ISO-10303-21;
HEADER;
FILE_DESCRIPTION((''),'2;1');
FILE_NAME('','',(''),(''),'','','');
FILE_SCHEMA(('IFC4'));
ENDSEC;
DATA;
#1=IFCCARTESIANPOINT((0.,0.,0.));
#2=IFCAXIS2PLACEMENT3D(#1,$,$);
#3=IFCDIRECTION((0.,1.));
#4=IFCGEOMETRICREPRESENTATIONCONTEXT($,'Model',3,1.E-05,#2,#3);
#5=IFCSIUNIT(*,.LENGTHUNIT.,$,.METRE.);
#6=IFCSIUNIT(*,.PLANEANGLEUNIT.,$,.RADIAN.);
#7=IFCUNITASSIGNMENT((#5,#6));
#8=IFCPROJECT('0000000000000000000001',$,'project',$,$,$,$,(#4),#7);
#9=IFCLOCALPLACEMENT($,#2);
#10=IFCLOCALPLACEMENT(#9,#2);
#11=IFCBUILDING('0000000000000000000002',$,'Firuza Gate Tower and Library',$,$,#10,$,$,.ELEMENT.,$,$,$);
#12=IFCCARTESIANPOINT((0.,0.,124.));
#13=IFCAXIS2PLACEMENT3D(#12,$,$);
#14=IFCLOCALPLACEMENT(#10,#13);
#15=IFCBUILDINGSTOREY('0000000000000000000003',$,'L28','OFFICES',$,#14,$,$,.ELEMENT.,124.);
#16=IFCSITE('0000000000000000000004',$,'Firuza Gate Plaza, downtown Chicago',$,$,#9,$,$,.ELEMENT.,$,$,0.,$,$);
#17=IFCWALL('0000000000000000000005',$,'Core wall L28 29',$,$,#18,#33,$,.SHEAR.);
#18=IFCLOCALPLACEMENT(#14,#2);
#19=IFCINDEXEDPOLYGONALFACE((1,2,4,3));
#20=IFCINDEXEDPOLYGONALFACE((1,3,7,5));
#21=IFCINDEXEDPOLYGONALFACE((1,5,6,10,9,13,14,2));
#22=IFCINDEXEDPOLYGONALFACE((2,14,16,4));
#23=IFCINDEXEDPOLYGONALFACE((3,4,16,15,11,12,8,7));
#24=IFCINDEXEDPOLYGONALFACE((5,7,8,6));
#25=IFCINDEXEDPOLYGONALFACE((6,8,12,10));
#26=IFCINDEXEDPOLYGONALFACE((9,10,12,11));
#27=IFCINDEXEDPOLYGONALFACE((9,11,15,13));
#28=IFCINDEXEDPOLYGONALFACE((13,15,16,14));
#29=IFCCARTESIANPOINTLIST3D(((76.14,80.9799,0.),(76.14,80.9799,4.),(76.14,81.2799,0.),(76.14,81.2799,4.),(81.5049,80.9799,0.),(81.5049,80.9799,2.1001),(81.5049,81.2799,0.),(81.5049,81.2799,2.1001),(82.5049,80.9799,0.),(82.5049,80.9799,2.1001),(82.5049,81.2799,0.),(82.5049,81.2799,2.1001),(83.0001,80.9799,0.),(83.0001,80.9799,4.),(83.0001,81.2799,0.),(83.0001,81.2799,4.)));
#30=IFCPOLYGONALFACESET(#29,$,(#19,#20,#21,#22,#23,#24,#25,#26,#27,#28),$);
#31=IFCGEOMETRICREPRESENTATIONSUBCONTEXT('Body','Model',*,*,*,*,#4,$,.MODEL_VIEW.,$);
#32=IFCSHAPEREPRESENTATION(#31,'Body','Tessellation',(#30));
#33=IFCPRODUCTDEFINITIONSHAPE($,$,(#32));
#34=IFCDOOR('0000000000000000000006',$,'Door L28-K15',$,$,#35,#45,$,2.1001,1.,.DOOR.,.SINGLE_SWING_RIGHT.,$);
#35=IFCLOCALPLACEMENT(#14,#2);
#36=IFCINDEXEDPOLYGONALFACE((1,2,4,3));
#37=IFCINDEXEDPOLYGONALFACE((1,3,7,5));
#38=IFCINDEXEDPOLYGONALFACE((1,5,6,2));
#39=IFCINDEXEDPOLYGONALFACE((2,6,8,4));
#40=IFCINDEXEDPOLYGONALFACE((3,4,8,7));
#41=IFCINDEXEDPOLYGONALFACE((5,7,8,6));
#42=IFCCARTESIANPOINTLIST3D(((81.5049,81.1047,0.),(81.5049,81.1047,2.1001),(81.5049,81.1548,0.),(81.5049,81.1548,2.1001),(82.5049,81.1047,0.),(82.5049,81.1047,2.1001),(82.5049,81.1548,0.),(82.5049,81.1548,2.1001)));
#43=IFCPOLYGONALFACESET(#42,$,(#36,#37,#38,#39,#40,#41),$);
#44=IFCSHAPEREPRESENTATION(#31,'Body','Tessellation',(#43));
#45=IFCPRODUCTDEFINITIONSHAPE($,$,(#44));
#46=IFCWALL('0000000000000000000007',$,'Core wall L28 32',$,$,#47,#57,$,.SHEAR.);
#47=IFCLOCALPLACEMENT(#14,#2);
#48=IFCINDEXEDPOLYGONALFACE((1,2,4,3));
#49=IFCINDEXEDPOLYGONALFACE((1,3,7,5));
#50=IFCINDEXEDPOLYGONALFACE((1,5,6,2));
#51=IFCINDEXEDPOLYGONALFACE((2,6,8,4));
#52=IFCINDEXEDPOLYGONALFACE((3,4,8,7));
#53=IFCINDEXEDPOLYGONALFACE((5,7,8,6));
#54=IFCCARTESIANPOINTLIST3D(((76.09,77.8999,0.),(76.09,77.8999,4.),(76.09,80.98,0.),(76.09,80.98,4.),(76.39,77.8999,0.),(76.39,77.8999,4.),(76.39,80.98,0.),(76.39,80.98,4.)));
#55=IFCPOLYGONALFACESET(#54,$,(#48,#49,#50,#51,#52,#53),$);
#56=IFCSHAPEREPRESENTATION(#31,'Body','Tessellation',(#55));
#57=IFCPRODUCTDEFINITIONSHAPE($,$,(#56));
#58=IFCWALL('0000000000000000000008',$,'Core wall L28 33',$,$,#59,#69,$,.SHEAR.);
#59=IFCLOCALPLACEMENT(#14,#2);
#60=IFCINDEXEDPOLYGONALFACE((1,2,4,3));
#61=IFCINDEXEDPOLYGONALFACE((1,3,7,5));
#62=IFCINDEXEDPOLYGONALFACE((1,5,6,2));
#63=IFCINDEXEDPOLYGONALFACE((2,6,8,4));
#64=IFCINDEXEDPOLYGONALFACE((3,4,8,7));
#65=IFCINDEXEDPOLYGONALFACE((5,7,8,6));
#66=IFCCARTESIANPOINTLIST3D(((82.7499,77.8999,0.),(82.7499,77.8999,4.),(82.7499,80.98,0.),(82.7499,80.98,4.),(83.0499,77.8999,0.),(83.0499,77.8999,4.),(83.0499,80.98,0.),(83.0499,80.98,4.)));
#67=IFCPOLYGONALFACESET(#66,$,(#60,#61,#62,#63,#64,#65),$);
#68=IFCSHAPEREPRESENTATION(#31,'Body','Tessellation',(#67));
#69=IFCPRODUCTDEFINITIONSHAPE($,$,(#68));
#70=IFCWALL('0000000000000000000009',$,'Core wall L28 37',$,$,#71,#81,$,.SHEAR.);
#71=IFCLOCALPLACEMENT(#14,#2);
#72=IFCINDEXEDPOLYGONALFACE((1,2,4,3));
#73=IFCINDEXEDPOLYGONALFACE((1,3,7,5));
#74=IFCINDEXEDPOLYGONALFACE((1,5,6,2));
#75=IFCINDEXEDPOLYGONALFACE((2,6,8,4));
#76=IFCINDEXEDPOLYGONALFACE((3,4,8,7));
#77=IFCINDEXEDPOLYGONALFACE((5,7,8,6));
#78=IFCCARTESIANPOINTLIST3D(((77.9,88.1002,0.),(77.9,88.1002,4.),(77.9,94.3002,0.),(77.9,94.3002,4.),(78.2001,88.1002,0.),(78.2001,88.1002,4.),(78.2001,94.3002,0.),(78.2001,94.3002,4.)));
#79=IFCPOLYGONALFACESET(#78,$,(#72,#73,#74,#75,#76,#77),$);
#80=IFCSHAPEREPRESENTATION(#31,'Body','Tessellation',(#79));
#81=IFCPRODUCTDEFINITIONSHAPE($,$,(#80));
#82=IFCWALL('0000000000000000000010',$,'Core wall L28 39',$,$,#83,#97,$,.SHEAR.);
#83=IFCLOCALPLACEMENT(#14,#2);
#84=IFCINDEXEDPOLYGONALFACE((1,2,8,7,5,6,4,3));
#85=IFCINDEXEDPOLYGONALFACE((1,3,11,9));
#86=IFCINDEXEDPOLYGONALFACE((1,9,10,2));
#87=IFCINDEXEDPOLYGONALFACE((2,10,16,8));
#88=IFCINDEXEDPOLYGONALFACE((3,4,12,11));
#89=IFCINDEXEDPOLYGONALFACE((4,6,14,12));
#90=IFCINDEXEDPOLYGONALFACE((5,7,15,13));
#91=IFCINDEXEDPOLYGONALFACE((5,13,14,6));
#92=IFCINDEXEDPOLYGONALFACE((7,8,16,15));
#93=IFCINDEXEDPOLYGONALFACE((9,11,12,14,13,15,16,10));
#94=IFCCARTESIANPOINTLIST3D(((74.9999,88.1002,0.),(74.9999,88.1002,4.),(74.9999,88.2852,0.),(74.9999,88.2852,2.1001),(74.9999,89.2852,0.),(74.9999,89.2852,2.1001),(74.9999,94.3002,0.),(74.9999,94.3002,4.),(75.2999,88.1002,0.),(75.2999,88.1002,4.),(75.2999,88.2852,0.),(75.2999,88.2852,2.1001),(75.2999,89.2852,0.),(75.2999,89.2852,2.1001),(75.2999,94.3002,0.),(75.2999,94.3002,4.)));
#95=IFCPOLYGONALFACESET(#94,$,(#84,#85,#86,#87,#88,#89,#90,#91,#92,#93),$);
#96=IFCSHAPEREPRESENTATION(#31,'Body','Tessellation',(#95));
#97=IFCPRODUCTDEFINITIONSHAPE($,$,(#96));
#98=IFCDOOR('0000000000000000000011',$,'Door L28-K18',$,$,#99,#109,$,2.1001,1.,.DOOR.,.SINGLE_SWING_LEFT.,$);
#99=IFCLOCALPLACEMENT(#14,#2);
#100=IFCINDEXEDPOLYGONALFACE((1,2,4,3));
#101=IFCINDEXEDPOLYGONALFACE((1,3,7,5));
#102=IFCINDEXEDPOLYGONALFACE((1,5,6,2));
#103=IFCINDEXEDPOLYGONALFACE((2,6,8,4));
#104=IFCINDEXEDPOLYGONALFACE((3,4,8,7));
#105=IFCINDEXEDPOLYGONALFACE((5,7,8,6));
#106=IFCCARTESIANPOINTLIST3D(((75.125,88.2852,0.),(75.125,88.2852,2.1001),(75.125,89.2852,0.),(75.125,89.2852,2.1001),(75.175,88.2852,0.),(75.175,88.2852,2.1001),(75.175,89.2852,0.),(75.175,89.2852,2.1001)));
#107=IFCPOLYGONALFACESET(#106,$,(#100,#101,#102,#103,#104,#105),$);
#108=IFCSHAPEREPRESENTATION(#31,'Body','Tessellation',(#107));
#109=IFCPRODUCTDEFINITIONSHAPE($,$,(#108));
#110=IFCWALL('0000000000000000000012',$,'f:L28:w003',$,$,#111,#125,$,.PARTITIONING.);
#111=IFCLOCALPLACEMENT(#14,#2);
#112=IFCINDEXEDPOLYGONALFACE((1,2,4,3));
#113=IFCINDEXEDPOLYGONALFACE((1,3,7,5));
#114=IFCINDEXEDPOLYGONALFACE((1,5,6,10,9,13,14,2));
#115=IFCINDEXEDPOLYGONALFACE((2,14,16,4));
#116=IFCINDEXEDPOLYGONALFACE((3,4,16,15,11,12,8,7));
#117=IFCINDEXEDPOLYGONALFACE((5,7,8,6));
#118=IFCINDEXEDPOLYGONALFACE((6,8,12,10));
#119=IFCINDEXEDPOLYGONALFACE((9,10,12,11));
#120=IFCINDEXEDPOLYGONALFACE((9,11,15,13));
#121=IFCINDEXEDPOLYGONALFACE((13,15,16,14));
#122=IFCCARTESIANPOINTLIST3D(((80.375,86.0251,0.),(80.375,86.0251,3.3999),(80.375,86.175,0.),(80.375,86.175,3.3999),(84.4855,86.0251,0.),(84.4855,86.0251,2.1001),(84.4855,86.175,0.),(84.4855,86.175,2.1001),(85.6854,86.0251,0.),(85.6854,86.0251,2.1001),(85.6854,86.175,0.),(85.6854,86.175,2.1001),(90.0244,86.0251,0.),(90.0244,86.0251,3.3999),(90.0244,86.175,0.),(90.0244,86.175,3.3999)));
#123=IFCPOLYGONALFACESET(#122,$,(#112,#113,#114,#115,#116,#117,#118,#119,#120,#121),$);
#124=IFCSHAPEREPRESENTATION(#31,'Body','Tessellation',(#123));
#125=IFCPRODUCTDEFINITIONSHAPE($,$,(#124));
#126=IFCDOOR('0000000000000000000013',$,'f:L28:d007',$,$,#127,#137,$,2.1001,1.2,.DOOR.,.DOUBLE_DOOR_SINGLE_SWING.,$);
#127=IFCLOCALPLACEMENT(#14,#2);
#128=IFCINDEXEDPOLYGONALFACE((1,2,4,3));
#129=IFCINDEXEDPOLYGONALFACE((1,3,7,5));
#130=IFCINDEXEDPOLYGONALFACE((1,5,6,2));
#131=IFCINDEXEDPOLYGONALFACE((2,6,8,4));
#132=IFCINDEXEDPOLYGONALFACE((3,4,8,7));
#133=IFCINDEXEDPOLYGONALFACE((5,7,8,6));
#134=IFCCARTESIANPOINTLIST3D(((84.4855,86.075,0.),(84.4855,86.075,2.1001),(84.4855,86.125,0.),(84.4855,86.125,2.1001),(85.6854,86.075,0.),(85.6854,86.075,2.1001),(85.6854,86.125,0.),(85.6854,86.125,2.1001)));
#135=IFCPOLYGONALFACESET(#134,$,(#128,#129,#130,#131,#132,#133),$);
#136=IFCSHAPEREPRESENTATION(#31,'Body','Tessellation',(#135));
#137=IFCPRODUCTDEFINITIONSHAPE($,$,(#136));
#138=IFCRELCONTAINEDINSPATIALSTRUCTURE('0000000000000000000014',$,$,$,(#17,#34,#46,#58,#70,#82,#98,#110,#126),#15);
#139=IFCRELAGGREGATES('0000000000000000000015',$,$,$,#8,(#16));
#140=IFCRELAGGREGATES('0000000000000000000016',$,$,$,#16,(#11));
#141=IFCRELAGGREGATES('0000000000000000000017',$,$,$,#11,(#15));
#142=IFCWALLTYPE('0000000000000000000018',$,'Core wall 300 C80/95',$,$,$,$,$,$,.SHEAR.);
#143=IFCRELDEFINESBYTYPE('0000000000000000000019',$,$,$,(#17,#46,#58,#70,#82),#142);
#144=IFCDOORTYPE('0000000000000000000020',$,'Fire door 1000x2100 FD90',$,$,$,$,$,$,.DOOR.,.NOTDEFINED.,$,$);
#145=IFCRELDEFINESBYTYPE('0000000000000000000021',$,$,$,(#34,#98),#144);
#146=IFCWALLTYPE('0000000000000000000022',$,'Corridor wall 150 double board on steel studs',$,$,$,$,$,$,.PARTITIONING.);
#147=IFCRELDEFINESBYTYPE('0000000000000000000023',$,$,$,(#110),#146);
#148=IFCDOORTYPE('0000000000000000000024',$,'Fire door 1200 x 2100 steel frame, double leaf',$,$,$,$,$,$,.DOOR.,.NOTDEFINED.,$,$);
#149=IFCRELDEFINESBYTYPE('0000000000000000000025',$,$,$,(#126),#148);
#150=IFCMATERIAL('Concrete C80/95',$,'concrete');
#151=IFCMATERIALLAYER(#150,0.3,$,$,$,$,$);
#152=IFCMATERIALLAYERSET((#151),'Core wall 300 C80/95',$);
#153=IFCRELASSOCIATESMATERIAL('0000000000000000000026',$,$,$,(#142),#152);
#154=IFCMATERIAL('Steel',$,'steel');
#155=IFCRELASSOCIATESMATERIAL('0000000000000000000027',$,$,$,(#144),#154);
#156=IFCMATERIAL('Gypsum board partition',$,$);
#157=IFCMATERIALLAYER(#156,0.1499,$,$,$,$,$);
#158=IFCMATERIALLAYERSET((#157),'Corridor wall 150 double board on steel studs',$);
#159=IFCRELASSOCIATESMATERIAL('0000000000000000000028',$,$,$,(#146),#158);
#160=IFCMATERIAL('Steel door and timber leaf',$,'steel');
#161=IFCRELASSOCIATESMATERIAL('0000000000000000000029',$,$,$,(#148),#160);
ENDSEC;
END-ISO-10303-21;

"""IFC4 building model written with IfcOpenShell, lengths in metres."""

from ifc_helpers import new_model, si_unit, direction, frame, frame_2d, origin, place, context, subcontext, project, spatial, rectangle, extrude, material, layer, layer_set, type_object, element, fill, save


model = new_model("IFC4")

# Units and contexts
model_context = context("Model", 3, precision=1e-05, world=origin(), true_north=direction((0.0, 1.0)))
body_context = subcontext(model_context, "Body", "Model", "MODEL_VIEW")
ifc_project = project(units=[si_unit("LENGTHUNIT", "METRE"), si_unit("PLANEANGLEUNIT", "RADIAN")], contexts=[model_context])

# Site, building, storey
site_placement = place(None, origin())
site = spatial("IfcSite", under=ifc_project, at=site_placement, Name="Firuza Gate Plaza, downtown Chicago", CompositionType="ELEMENT", RefElevation=0.0)
building_placement = place(site_placement, origin())
building = spatial("IfcBuilding", under=site, at=building_placement, Name="Firuza Gate Tower and Library", CompositionType="ELEMENT")
storey_placement = place(building_placement, frame((0.0, 0.0, 124.0)))
storey = spatial("IfcBuildingStorey", under=building, at=storey_placement, Name="L28", Description="OFFICES", CompositionType="ELEMENT", Elevation=124.0)

# Shared definitions
ifc_material_1 = material(Name="Concrete C80/95", Category="concrete")
ifc_layer_1 = layer(ifc_material_1, 0.3)
ifc_layer_set_1 = layer_set([ifc_layer_1], Name="Core wall 300 C80/95")
wall_type_1 = type_object("IfcWallType", Name="Core wall 300 C80/95", PredefinedType="SHEAR", material=ifc_layer_set_1)

# Wall, opening, door
wall_1_placement = place(storey_placement, frame((76.1399, 81.1299, 0.0), z_axis=(0.0, 0.0, 1.0), x_axis=(1.0, 0.0, 0.0)))
wall_1 = element("IfcWall", 1, at=wall_1_placement, inside=storey, type_object=wall_type_1, Name="Core wall L28 29", PredefinedType="SHEAR", context=body_context, shape_type="SweptSolid", body=[
    extrude(rectangle(XDim=6.8601, YDim=0.3, at=frame_2d((3.4302, 0.0))), origin(), (0.0, 0.0, 1.0), 4.0),
])
opening_1_placement = place(wall_1_placement, frame((5.365, 0.0, 0.0)))
opening_1 = element("IfcOpeningElement", 2, at=opening_1_placement, cuts=wall_1, PredefinedType="OPENING", context=body_context, shape_type="SweptSolid", body=[
    extrude(rectangle(XDim=1.0, YDim=2.1001, at=frame_2d((0.5, 1.05))), frame((0.0, 0.1602, 0.0), z_axis=(0.0, -1.0, 0.0), x_axis=(1.0, 0.0, 0.0)), (0.0, 0.0, 1.0), 0.3201),
])
ifc_material_2 = material(Name="Steel", Category="steel")
door_type_1 = type_object("IfcDoorType", Name="Fire door 1000x2100 FD90", OperationType="NOTDEFINED", PredefinedType="DOOR", material=ifc_material_2)
door_1_placement = place(opening_1_placement, origin())
door_1 = element("IfcDoor", 3, at=door_1_placement, inside=storey, type_object=door_type_1, Name="Door L28-K15", OperationType="SINGLE_SWING_RIGHT", OverallHeight=2.1001, OverallWidth=1.0, PredefinedType="DOOR", context=body_context, shape_type="SweptSolid", body=[
    extrude(rectangle(XDim=1.0, YDim=2.1001, at=frame_2d((0.5, 1.05))), frame((0.0, 0.0249, 0.0), z_axis=(0.0, -1.0, 0.0), x_axis=(1.0, 0.0, 0.0)), (0.0, 0.0, 1.0), 0.05),
])
fill(opening_1, door_1)

# Walls
for number, where, z_axis, x_axis, name in (
    (4, (76.24, 77.8999, 0.0), (0.0, 0.0, 1.0), (0.0, 1.0, 0.0), "Core wall L28 32"),
    (5, (82.8999, 77.8999, 0.0), (0.0, 0.0, 1.0), (0.0, 1.0, 0.0), "Core wall L28 33"),
):
    element("IfcWall", number, at=place(storey_placement, frame(where, z_axis=z_axis, x_axis=x_axis)), inside=storey, type_object=wall_type_1, Name=name, PredefinedType="SHEAR", context=body_context, shape_type="SweptSolid", body=[
        extrude(rectangle(XDim=3.0801, YDim=0.3, at=frame_2d((1.54, 0.0))), origin(), (0.0, 0.0, 1.0), 4.0),
    ])
wall_2_placement = place(storey_placement, frame((78.05, 88.1001, 0.0), z_axis=(0.0, 0.0, 1.0), x_axis=(0.0, 1.0, 0.0)))
element("IfcWall", 6, at=wall_2_placement, inside=storey, type_object=wall_type_1, Name="Core wall L28 37", PredefinedType="SHEAR", context=body_context, shape_type="SweptSolid", body=[
    extrude(rectangle(XDim=6.2, YDim=0.3, at=frame_2d((3.1001, 0.0))), origin(), (0.0, 0.0, 1.0), 4.0),
])

# Walls, openings, doors
wall_3_placement = place(storey_placement, frame((75.1499, 88.1001, 0.0), z_axis=(0.0, 0.0, 1.0), x_axis=(0.0, 1.0, 0.0)))
wall_3 = element("IfcWall", 7, at=wall_3_placement, inside=storey, type_object=wall_type_1, Name="Core wall L28 39", PredefinedType="SHEAR", context=body_context, shape_type="SweptSolid", body=[
    extrude(rectangle(XDim=6.2, YDim=0.3, at=frame_2d((3.1001, 0.0))), origin(), (0.0, 0.0, 1.0), 4.0),
])
opening_2_placement = place(wall_3_placement, frame((0.1851, 0.0, 0.0)))
opening_2 = element("IfcOpeningElement", 8, at=opening_2_placement, cuts=wall_3, PredefinedType="OPENING", context=body_context, shape_type="SweptSolid", body=[
    extrude(rectangle(XDim=1.0, YDim=2.1001, at=frame_2d((0.5, 1.05))), frame((0.0, 0.1602, 0.0), z_axis=(0.0, -1.0, 0.0), x_axis=(1.0, 0.0, 0.0)), (0.0, 0.0, 1.0), 0.3201),
])
door_2_placement = place(opening_2_placement, origin())
door_2 = element("IfcDoor", 9, at=door_2_placement, inside=storey, type_object=door_type_1, Name="Door L28-K18", OperationType="SINGLE_SWING_LEFT", OverallHeight=2.1001, OverallWidth=1.0, PredefinedType="DOOR", context=body_context, shape_type="SweptSolid", body=[
    extrude(rectangle(XDim=1.0, YDim=2.1001, at=frame_2d((0.5, 1.05))), frame((0.0, 0.0249, 0.0), z_axis=(0.0, -1.0, 0.0), x_axis=(1.0, 0.0, 0.0)), (0.0, 0.0, 1.0), 0.05),
])
fill(opening_2, door_2)
ifc_material_3 = material(Name="Gypsum board partition")
ifc_layer_2 = layer(ifc_material_3, 0.1499)
ifc_layer_set_2 = layer_set([ifc_layer_2], Name="Corridor wall 150 double board on steel studs")
wall_type_2 = type_object("IfcWallType", Name="Corridor wall 150 double board on steel studs", PredefinedType="PARTITIONING", material=ifc_layer_set_2)
wall_4_placement = place(storey_placement, frame((80.375, 86.1001, 0.0), z_axis=(0.0, 0.0, 1.0), x_axis=(1.0, 0.0, 0.0)))
wall_4 = element("IfcWall", 10, at=wall_4_placement, inside=storey, type_object=wall_type_2, Name="f:L28:w003", PredefinedType="PARTITIONING", context=body_context, shape_type="SweptSolid", body=[
    extrude(rectangle(XDim=9.6494, YDim=0.1499, at=frame_2d((4.8247, 0.0))), origin(), (0.0, 0.0, 1.0), 3.3999),
])
opening_3_placement = place(wall_4_placement, frame((4.1104, 0.0, 0.0)))
opening_3 = element("IfcOpeningElement", 11, at=opening_3_placement, cuts=wall_4, PredefinedType="OPENING", context=body_context, shape_type="SweptSolid", body=[
    extrude(rectangle(XDim=1.2, YDim=2.1001, at=frame_2d((0.6001, 1.05))), frame((0.0, 0.085, 0.0), z_axis=(0.0, -1.0, 0.0), x_axis=(1.0, 0.0, 0.0)), (0.0, 0.0, 1.0), 0.1699),
])
ifc_material_4 = material(Name="Steel door and timber leaf", Category="steel")
door_type_2 = type_object("IfcDoorType", Name="Fire door 1200 x 2100 steel frame, double leaf", OperationType="NOTDEFINED", PredefinedType="DOOR", material=ifc_material_4)
door_3_placement = place(opening_3_placement, origin())
door_3 = element("IfcDoor", 12, at=door_3_placement, inside=storey, type_object=door_type_2, Name="f:L28:d007", OperationType="DOUBLE_DOOR_SINGLE_SWING", OverallHeight=2.1001, OverallWidth=1.2, PredefinedType="DOOR", context=body_context, shape_type="SweptSolid", body=[
    extrude(rectangle(XDim=1.2, YDim=2.1001, at=frame_2d((0.6001, 1.05))), frame((0.0, 0.0249, 0.0), z_axis=(0.0, -1.0, 0.0), x_axis=(1.0, 0.0, 0.0)), (0.0, 0.0, 1.0), 0.05),
])
fill(opening_3, door_3)

save(model, "model.ifc")
